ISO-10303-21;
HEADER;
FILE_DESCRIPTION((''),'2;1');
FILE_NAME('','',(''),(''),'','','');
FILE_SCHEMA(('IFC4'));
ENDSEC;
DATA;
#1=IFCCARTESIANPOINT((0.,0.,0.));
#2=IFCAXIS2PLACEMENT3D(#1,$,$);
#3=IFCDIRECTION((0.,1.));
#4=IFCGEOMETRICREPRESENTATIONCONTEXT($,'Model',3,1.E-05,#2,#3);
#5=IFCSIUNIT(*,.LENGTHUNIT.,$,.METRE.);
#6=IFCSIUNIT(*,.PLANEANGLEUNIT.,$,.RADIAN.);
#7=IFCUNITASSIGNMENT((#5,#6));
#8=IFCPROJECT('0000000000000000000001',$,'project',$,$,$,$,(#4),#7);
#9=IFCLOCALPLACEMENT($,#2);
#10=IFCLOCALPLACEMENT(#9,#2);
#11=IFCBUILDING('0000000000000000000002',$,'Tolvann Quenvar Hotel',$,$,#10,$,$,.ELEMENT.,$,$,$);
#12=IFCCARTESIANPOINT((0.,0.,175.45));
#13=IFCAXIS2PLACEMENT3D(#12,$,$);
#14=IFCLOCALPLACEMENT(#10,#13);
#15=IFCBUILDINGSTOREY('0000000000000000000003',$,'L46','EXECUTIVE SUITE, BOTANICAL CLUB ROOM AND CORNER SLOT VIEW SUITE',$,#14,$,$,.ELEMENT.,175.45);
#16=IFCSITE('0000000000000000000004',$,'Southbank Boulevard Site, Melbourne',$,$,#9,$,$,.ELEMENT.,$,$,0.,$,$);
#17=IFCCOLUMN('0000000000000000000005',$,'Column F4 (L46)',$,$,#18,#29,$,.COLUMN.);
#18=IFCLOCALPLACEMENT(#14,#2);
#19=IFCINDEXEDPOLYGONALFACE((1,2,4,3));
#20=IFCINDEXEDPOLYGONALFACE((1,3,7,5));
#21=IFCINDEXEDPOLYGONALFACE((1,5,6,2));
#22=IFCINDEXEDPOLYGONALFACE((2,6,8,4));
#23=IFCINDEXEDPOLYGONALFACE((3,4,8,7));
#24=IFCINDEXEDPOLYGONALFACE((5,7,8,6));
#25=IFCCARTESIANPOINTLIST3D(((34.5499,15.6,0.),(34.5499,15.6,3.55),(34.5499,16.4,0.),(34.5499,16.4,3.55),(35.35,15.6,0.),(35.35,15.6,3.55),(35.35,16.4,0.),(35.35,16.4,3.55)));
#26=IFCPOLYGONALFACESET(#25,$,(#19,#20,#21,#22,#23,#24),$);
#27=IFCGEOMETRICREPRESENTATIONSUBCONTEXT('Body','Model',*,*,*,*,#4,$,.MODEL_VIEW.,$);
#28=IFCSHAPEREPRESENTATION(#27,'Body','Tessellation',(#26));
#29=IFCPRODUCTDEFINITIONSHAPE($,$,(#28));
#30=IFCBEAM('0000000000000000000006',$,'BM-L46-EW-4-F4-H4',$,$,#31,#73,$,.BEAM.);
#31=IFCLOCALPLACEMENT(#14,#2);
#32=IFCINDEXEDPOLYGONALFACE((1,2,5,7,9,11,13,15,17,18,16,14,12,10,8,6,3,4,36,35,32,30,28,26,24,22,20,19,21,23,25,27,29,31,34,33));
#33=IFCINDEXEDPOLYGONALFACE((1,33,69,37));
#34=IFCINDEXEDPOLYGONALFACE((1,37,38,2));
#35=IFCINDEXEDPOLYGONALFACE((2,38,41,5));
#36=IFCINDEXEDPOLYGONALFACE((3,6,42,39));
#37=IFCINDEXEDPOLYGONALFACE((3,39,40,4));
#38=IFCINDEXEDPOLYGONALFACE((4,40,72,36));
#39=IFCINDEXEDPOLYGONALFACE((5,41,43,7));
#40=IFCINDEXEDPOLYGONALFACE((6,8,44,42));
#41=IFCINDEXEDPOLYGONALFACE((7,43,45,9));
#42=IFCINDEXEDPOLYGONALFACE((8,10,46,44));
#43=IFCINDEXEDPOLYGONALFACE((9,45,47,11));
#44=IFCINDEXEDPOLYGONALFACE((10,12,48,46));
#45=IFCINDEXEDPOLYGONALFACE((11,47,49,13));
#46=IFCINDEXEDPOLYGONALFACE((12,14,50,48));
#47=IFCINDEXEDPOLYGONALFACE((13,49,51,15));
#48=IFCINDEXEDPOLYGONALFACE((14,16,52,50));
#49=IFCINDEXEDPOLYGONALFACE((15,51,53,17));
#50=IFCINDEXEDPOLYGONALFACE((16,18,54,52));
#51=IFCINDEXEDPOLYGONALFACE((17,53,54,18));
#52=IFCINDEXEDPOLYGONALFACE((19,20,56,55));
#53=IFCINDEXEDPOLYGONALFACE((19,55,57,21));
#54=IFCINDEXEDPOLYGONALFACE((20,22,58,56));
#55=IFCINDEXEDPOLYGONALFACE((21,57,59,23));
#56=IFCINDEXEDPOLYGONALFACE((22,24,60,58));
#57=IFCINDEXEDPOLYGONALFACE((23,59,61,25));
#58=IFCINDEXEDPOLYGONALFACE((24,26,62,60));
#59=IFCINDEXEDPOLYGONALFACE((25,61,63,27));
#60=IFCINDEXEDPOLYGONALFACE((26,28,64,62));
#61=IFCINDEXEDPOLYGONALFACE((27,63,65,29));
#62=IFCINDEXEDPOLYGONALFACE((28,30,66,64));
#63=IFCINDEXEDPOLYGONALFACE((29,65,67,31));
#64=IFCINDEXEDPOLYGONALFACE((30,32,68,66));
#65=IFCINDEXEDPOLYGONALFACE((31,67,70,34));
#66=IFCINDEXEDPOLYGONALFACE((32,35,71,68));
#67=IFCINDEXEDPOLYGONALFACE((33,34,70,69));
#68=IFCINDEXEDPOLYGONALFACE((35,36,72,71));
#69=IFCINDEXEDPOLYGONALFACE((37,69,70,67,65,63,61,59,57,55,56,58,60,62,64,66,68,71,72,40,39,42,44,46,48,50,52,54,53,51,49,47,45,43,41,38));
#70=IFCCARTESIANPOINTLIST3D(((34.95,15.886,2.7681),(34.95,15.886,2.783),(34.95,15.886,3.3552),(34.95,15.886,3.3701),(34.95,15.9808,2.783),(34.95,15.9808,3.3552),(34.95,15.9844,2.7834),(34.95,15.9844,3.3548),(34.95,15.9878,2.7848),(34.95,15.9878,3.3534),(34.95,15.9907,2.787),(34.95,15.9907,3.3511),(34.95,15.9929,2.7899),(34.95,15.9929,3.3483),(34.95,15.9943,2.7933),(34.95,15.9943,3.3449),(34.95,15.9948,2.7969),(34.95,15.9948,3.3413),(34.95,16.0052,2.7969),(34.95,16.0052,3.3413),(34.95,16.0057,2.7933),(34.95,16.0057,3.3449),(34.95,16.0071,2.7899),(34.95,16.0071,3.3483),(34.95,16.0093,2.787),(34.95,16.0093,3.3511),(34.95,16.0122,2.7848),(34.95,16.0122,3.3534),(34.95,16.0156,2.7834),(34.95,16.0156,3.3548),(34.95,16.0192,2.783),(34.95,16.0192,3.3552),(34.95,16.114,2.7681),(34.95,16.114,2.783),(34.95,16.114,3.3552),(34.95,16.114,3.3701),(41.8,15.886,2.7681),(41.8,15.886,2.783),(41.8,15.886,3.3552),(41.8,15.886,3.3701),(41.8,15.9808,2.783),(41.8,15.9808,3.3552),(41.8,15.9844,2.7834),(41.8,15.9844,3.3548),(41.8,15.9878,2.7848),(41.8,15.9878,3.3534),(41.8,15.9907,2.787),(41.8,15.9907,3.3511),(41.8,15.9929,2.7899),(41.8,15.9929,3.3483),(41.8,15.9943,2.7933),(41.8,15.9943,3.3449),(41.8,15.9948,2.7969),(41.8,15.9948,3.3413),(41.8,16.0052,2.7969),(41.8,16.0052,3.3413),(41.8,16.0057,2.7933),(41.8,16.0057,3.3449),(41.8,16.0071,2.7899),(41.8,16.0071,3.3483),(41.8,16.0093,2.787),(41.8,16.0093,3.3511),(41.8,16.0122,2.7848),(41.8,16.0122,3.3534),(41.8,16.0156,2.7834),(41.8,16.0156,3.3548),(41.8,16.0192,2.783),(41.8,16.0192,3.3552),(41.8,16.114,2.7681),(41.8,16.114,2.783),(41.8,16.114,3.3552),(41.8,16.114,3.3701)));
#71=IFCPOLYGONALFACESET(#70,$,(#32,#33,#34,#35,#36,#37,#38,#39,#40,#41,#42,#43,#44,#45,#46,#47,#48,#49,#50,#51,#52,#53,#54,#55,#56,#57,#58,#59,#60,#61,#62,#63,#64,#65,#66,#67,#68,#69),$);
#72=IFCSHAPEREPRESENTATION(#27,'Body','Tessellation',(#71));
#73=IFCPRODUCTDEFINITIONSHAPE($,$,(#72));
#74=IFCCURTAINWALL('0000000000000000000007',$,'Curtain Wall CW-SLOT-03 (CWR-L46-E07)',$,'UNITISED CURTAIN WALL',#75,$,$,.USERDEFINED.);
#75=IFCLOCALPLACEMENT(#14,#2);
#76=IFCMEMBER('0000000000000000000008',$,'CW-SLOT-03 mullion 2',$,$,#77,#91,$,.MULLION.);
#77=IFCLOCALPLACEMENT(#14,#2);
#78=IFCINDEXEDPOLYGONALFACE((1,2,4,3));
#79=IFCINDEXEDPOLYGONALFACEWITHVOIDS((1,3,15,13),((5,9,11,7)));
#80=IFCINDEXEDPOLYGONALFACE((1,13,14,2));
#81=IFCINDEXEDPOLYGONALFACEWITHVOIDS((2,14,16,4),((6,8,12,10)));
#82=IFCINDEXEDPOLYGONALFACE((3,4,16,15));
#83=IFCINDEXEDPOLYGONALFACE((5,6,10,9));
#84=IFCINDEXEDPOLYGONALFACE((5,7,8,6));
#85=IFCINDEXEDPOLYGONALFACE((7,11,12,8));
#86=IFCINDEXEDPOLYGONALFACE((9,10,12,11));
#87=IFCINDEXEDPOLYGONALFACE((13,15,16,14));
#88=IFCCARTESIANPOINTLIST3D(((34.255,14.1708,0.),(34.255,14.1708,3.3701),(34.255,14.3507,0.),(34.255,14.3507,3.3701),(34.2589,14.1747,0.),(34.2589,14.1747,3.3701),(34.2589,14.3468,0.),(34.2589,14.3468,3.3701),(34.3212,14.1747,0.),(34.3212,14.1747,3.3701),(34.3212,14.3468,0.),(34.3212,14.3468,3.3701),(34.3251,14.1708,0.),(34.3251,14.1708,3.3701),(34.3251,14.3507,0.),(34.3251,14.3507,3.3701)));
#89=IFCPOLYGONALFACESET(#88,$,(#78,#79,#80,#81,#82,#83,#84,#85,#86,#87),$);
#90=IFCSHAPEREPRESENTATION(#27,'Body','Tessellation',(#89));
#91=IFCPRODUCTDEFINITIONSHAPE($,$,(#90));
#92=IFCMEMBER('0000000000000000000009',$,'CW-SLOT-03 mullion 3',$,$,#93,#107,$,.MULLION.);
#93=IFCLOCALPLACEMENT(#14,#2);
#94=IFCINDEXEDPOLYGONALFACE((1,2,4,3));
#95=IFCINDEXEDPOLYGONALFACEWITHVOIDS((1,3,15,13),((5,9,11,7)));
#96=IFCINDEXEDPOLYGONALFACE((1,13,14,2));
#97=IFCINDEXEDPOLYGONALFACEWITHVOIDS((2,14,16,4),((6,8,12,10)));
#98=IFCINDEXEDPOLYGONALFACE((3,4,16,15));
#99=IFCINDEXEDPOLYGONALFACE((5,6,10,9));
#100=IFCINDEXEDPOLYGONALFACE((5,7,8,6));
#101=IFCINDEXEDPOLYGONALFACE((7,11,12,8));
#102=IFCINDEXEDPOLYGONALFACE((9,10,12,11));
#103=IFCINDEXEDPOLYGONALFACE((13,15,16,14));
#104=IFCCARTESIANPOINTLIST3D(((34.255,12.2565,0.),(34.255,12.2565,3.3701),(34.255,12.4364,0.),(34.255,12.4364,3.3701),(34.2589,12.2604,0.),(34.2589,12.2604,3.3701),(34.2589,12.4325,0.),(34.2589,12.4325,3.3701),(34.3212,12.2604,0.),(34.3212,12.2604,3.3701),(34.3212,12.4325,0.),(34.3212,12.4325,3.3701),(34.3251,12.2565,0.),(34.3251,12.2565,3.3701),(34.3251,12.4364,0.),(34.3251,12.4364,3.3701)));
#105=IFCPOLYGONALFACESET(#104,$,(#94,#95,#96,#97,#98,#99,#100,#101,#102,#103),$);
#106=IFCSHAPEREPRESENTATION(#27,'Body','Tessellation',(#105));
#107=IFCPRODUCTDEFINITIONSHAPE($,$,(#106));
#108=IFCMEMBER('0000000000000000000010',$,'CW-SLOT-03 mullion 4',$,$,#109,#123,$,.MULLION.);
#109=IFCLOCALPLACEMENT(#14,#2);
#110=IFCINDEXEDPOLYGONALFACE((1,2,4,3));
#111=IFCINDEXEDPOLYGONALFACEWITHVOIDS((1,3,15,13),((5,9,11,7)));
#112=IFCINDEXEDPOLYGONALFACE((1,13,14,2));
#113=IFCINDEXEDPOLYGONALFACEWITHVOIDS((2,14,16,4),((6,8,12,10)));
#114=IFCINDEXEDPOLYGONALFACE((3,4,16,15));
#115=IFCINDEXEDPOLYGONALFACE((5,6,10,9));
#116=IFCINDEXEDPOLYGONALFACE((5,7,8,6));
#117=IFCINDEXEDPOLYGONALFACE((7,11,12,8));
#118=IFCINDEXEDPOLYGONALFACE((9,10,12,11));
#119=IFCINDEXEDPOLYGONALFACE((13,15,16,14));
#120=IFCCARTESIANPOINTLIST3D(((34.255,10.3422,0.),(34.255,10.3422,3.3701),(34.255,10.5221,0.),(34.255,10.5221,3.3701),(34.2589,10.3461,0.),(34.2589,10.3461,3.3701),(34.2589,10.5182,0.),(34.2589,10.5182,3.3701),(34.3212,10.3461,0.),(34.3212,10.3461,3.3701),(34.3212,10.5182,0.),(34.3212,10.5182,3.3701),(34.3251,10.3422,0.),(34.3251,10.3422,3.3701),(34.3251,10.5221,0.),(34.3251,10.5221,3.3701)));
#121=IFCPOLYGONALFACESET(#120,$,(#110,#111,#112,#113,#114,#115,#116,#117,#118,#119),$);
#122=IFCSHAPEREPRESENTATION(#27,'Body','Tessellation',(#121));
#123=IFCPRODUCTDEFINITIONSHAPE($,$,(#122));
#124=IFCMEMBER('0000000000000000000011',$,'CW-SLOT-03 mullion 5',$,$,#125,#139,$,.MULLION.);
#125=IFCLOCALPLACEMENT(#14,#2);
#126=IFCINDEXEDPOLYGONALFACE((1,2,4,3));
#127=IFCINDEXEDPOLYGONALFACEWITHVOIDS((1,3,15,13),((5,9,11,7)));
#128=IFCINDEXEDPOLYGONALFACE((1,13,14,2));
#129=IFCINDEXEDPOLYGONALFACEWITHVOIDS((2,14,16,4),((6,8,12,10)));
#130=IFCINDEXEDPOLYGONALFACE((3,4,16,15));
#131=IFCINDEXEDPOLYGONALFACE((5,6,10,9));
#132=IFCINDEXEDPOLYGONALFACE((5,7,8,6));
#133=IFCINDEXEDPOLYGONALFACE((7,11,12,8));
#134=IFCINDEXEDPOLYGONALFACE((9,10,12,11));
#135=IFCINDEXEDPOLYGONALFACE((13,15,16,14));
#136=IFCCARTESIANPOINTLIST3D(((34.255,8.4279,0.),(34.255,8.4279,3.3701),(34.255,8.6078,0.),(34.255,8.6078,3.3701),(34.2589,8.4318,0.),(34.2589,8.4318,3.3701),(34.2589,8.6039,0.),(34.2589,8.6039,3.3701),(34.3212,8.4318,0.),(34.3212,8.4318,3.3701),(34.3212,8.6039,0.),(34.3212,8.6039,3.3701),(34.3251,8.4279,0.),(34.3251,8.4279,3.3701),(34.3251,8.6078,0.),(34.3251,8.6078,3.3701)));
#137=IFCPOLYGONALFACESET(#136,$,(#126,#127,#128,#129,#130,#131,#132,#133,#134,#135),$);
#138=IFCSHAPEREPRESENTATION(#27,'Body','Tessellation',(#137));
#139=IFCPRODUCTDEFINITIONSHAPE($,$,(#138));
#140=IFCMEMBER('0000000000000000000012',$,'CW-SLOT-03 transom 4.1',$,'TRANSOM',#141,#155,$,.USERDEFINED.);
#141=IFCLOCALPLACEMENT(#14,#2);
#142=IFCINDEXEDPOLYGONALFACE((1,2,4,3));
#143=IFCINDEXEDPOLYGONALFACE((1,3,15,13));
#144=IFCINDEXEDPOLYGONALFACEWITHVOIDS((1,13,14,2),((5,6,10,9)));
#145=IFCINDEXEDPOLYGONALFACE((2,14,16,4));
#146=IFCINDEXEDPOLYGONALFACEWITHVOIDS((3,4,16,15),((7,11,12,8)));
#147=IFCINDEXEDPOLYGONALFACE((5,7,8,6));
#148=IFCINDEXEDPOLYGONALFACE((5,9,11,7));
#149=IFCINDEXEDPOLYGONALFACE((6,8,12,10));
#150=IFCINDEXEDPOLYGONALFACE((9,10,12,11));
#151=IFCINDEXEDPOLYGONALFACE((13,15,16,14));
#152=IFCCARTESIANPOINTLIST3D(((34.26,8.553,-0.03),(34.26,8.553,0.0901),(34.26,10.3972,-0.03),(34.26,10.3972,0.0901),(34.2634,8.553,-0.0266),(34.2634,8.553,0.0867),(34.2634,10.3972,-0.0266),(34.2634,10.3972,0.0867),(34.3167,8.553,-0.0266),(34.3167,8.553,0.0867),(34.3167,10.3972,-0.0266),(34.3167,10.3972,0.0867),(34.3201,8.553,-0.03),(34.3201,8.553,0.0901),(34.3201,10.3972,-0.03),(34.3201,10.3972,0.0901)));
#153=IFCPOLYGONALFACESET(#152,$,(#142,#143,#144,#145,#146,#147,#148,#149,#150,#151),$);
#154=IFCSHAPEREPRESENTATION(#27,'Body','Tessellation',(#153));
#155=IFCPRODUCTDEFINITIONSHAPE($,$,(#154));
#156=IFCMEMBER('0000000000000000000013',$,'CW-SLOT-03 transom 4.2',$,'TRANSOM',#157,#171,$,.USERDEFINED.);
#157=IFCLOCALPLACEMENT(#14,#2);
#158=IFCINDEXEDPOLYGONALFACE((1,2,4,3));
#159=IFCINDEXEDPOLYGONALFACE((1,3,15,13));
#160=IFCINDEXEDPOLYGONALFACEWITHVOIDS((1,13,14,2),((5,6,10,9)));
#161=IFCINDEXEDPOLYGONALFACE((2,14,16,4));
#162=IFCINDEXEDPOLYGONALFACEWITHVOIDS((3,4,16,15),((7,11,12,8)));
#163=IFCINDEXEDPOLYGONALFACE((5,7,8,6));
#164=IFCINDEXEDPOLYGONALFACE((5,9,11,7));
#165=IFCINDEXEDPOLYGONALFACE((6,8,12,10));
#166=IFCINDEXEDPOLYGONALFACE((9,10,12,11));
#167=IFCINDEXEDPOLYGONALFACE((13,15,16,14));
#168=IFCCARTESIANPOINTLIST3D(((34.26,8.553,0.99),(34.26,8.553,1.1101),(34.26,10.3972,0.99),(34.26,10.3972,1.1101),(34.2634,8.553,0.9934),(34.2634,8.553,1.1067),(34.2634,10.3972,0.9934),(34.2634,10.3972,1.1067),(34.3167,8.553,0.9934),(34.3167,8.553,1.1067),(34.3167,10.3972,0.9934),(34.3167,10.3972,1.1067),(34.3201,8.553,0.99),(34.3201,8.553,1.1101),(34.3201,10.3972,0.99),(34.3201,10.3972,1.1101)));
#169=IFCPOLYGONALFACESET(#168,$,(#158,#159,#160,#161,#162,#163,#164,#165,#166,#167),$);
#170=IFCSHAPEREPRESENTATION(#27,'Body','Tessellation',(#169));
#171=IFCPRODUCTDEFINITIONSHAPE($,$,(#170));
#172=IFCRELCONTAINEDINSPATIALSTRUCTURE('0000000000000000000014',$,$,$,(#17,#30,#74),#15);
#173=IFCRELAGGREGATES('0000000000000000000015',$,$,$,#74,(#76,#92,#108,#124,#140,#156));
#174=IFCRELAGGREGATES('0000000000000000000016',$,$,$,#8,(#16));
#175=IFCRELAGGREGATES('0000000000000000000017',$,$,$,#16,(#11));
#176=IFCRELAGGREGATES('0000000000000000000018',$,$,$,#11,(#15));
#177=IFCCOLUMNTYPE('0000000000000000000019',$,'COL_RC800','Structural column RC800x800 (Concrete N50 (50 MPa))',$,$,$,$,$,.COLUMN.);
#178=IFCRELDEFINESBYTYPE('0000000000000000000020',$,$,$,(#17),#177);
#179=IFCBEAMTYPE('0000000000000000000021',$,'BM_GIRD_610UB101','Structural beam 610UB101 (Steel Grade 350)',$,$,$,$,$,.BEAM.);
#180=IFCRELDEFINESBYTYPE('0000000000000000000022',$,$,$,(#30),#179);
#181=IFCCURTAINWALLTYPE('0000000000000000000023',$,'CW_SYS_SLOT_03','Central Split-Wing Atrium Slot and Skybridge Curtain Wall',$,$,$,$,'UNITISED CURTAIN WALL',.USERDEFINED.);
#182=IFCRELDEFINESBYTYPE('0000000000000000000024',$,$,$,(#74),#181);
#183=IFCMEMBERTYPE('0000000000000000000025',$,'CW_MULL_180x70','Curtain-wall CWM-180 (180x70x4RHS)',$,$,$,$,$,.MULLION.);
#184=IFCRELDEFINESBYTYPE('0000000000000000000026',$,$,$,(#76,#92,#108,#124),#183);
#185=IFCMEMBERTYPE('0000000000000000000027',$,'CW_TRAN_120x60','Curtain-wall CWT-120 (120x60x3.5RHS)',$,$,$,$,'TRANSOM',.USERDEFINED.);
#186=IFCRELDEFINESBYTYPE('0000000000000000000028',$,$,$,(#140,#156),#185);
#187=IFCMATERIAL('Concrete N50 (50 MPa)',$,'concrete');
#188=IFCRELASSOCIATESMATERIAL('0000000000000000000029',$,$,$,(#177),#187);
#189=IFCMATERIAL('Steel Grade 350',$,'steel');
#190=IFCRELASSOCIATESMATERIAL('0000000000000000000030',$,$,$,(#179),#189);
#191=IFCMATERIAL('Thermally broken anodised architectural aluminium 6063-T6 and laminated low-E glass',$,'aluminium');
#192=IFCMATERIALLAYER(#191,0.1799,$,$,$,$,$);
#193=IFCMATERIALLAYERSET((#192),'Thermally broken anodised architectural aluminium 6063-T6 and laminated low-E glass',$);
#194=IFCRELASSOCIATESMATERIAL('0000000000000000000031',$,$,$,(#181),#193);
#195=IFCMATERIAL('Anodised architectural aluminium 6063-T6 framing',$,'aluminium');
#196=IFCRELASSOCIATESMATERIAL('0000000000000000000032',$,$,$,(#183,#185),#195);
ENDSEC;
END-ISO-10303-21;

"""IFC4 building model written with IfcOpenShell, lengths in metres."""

from ifc_helpers import new_model, si_unit, direction, frame, origin, origin_2d, place, context, subcontext, project, spatial, rectangle, hollow_rectangle, i_section, extrude, source, transform, mapped, material, layer, layer_set, material_profile, profile_set, type_object, type_shapes, element, aggregate, save


model = new_model("IFC4")

# Units and contexts
model_context = context("Model", 3, precision=1e-05, world=origin(), true_north=direction((0.0, 1.0)))
body_context = subcontext(model_context, "Body", "Model", "MODEL_VIEW")
ifc_project = project(units=[si_unit("LENGTHUNIT", "METRE"), si_unit("PLANEANGLEUNIT", "RADIAN")], contexts=[model_context])

# Site, building, storey
site_placement = place(None, origin())
site = spatial("IfcSite", under=ifc_project, at=site_placement, Name="Southbank Boulevard Site, Melbourne", CompositionType="ELEMENT", RefElevation=0.0)
building_placement = place(site_placement, origin())
building = spatial("IfcBuilding", under=site, at=building_placement, Name="Tolvann Quenvar Hotel", CompositionType="ELEMENT")
storey_placement = place(building_placement, frame((0.0, 0.0, 175.45)))
storey = spatial("IfcBuildingStorey", under=building, at=storey_placement, Name="L46", Description="EXECUTIVE SUITE, BOTANICAL CLUB ROOM AND CORNER SLOT VIEW SUITE", CompositionType="ELEMENT", Elevation=175.45)

# Column
ifc_material_1 = material(Name="Concrete N50 (50 MPa)", Category="concrete")
ifc_material_profile_1 = material_profile(ifc_material_1, rectangle(XDim=0.8, YDim=0.8, at=origin_2d()), Name="RC800x800")
ifc_profile_set_1 = profile_set([ifc_material_profile_1], Name="Concrete N50 (50 MPa)")
column_type = type_object("IfcColumnType", Name="COL_RC800", Description="Structural column RC800x800 (Concrete N50 (50 MPa))", PredefinedType="COLUMN", material=ifc_profile_set_1)
shared_shape_1 = source(origin(), body_context, "Body", "SweptSolid", [
    extrude(rectangle(XDim=0.8, YDim=0.8, at=origin_2d()), origin(), (0.0, 0.0, 1.0), 3.55),
])
type_shapes(column_type, [shared_shape_1])
column_placement = place(storey_placement, frame((34.95, 16.0, 0.0), z_axis=(0.0, 0.0, 1.0), x_axis=(1.0, 0.0, 0.0)))
element("IfcColumn", 1, at=column_placement, inside=storey, type_object=column_type, Name="Column F4 (L46)", PredefinedType="COLUMN", context=body_context, shape_type="MappedRepresentation", body=[
    mapped(shared_shape_1, transform((0.0, 0.0, 0.0), x_axis=(1.0, 0.0, 0.0), y_axis=(0.0, 1.0, 0.0), z_axis=(0.0, 0.0, 1.0), scale=1.0)),
])

# Beam
ifc_material_2 = material(Name="Steel Grade 350", Category="steel")
ifc_material_profile_2 = material_profile(ifc_material_2, i_section(OverallWidth=0.228, OverallDepth=0.6021, WebThickness=0.0105, FlangeThickness=0.0149, FilletRadius=0.0139, at=origin_2d()), Name="610UB101")
ifc_profile_set_2 = profile_set([ifc_material_profile_2], Name="Steel Grade 350")
beam_type = type_object("IfcBeamType", Name="BM_GIRD_610UB101", Description="Structural beam 610UB101 (Steel Grade 350)", PredefinedType="BEAM", material=ifc_profile_set_2)
shared_shape_2 = source(origin(), body_context, "Body", "SweptSolid", [
    extrude(i_section(OverallWidth=0.228, OverallDepth=0.6021, WebThickness=0.0105, FlangeThickness=0.0149, FilletRadius=0.0139, at=origin_2d()), origin(), (0.0, 0.0, 1.0), 6.8501),
])
type_shapes(beam_type, [shared_shape_2])
beam_placement = place(storey_placement, frame((34.95, 16.0, 3.0691), z_axis=(1.0, 0.0, 0.0), x_axis=(0.0, 1.0, 0.0)))
element("IfcBeam", 2, at=beam_placement, inside=storey, type_object=beam_type, Name="BM-L46-EW-4-F4-H4", PredefinedType="BEAM", context=body_context, shape_type="MappedRepresentation", body=[
    mapped(shared_shape_2, transform((0.0, 0.0, 0.0), x_axis=(1.0, 0.0, 0.0), y_axis=(0.0, 1.0, 0.0), z_axis=(0.0, 0.0, 1.0), scale=1.0)),
])

# Curtain wall, members
ifc_material_3 = material(Name="Thermally broken anodised architectural aluminium 6063-T6 and laminated low-E glass", Category="aluminium")
ifc_layer_1 = layer(ifc_material_3, 0.1799)
ifc_layer_set_1 = layer_set([ifc_layer_1], Name="Thermally broken anodised architectural aluminium 6063-T6 and laminated low-E glass")
curtain_wall_type = type_object("IfcCurtainWallType", Name="CW_SYS_SLOT_03", Description="Central Split-Wing Atrium Slot and Skybridge Curtain Wall", ElementType="UNITISED CURTAIN WALL", PredefinedType="USERDEFINED", material=ifc_layer_set_1)
curtain_wall_1_placement = place(storey_placement, origin())
curtain_wall_1 = element("IfcCurtainWall", 3, at=curtain_wall_1_placement, inside=storey, type_object=curtain_wall_type, Name="Curtain Wall CW-SLOT-03 (CWR-L46-E07)", ObjectType="UNITISED CURTAIN WALL", PredefinedType="USERDEFINED")
ifc_material_4 = material(Name="Anodised architectural aluminium 6063-T6 framing", Category="aluminium")
ifc_material_profile_3 = material_profile(ifc_material_4, hollow_rectangle(XDim=0.0701, YDim=0.1799, WallThickness=0.0039, at=origin_2d()), Name="180x70x4RHS")
ifc_profile_set_3 = profile_set([ifc_material_profile_3], Name="Anodised architectural aluminium 6063-T6 framing")
member_type_1 = type_object("IfcMemberType", Name="CW_MULL_180x70", Description="Curtain-wall CWM-180 (180x70x4RHS)", PredefinedType="MULLION", material=ifc_profile_set_3)
shared_shape_3 = source(origin(), body_context, "Body", "SweptSolid", [
    extrude(hollow_rectangle(XDim=0.0701, YDim=0.1799, WallThickness=0.0039, at=origin_2d()), origin(), (0.0, 0.0, 1.0), 3.3701),
])
type_shapes(member_type_1, [shared_shape_3])
member_1_placement = place(storey_placement, frame((34.29, 14.2607, 0.0), z_axis=(0.0, 0.0, 1.0), x_axis=(1.0, 0.0, 0.0)))
member_1 = element("IfcMember", 4, at=member_1_placement, type_object=member_type_1, Name="CW-SLOT-03 mullion 2", PredefinedType="MULLION", context=body_context, shape_type="MappedRepresentation", body=[
    mapped(shared_shape_3, transform((0.0, 0.0, 0.0), x_axis=(1.0, 0.0, 0.0), y_axis=(0.0, 1.0, 0.0), z_axis=(0.0, 0.0, 1.0), scale=1.0)),
])
member_2_placement = place(storey_placement, frame((34.29, 12.3464, 0.0), z_axis=(0.0, 0.0, 1.0), x_axis=(1.0, 0.0, 0.0)))
member_2 = element("IfcMember", 5, at=member_2_placement, type_object=member_type_1, Name="CW-SLOT-03 mullion 3", PredefinedType="MULLION", context=body_context, shape_type="MappedRepresentation", body=[
    mapped(shared_shape_3, transform((0.0, 0.0, 0.0), x_axis=(1.0, 0.0, 0.0), y_axis=(0.0, 1.0, 0.0), z_axis=(0.0, 0.0, 1.0), scale=1.0)),
])
member_3_placement = place(storey_placement, frame((34.29, 10.4321, 0.0), z_axis=(0.0, 0.0, 1.0), x_axis=(1.0, 0.0, 0.0)))
member_3 = element("IfcMember", 6, at=member_3_placement, type_object=member_type_1, Name="CW-SLOT-03 mullion 4", PredefinedType="MULLION", context=body_context, shape_type="MappedRepresentation", body=[
    mapped(shared_shape_3, transform((0.0, 0.0, 0.0), x_axis=(1.0, 0.0, 0.0), y_axis=(0.0, 1.0, 0.0), z_axis=(0.0, 0.0, 1.0), scale=1.0)),
])
member_4_placement = place(storey_placement, frame((34.29, 8.5178, 0.0), z_axis=(0.0, 0.0, 1.0), x_axis=(1.0, 0.0, 0.0)))
member_4 = element("IfcMember", 7, at=member_4_placement, type_object=member_type_1, Name="CW-SLOT-03 mullion 5", PredefinedType="MULLION", context=body_context, shape_type="MappedRepresentation", body=[
    mapped(shared_shape_3, transform((0.0, 0.0, 0.0), x_axis=(1.0, 0.0, 0.0), y_axis=(0.0, 1.0, 0.0), z_axis=(0.0, 0.0, 1.0), scale=1.0)),
])
ifc_material_profile_4 = material_profile(ifc_material_4, hollow_rectangle(XDim=0.0601, YDim=0.1201, WallThickness=0.0034, at=origin_2d()), Name="120x60x3.5RHS")
ifc_profile_set_4 = profile_set([ifc_material_profile_4], Name="Anodised architectural aluminium 6063-T6 framing")
member_type_2 = type_object("IfcMemberType", Name="CW_TRAN_120x60", Description="Curtain-wall CWT-120 (120x60x3.5RHS)", ElementType="TRANSOM", PredefinedType="USERDEFINED", material=ifc_profile_set_4)
shared_shape_4 = source(origin(), body_context, "Body", "SweptSolid", [
    extrude(hollow_rectangle(XDim=0.0601, YDim=0.1201, WallThickness=0.0034, at=origin_2d()), origin(), (0.0, 0.0, 1.0), 1.8442),
])
member_5_placement = place(storey_placement, frame((34.29, 10.3972, 0.03), z_axis=(0.0, -1.0, 0.0), x_axis=(1.0, 0.0, 0.0)))
member_5 = element("IfcMember", 8, at=member_5_placement, type_object=member_type_2, Name="CW-SLOT-03 transom 4.1", ObjectType="TRANSOM", PredefinedType="USERDEFINED", context=body_context, shape_type="MappedRepresentation", body=[
    mapped(shared_shape_4, transform((0.0, 0.0, 0.0), x_axis=(1.0, 0.0, 0.0), y_axis=(0.0, 1.0, 0.0), z_axis=(0.0, 0.0, 1.0), scale=1.0)),
])
member_6_placement = place(storey_placement, frame((34.29, 10.3972, 1.05), z_axis=(0.0, -1.0, 0.0), x_axis=(1.0, 0.0, 0.0)))
member_6 = element("IfcMember", 9, at=member_6_placement, type_object=member_type_2, Name="CW-SLOT-03 transom 4.2", ObjectType="TRANSOM", PredefinedType="USERDEFINED", context=body_context, shape_type="MappedRepresentation", body=[
    mapped(shared_shape_4, transform((0.0, 0.0, 0.0), x_axis=(1.0, 0.0, 0.0), y_axis=(0.0, 1.0, 0.0), z_axis=(0.0, 0.0, 1.0), scale=1.0)),
])

aggregate(curtain_wall_1, [member_1, member_2, member_3, member_4, member_5, member_6])

save(model, "model.ifc")
